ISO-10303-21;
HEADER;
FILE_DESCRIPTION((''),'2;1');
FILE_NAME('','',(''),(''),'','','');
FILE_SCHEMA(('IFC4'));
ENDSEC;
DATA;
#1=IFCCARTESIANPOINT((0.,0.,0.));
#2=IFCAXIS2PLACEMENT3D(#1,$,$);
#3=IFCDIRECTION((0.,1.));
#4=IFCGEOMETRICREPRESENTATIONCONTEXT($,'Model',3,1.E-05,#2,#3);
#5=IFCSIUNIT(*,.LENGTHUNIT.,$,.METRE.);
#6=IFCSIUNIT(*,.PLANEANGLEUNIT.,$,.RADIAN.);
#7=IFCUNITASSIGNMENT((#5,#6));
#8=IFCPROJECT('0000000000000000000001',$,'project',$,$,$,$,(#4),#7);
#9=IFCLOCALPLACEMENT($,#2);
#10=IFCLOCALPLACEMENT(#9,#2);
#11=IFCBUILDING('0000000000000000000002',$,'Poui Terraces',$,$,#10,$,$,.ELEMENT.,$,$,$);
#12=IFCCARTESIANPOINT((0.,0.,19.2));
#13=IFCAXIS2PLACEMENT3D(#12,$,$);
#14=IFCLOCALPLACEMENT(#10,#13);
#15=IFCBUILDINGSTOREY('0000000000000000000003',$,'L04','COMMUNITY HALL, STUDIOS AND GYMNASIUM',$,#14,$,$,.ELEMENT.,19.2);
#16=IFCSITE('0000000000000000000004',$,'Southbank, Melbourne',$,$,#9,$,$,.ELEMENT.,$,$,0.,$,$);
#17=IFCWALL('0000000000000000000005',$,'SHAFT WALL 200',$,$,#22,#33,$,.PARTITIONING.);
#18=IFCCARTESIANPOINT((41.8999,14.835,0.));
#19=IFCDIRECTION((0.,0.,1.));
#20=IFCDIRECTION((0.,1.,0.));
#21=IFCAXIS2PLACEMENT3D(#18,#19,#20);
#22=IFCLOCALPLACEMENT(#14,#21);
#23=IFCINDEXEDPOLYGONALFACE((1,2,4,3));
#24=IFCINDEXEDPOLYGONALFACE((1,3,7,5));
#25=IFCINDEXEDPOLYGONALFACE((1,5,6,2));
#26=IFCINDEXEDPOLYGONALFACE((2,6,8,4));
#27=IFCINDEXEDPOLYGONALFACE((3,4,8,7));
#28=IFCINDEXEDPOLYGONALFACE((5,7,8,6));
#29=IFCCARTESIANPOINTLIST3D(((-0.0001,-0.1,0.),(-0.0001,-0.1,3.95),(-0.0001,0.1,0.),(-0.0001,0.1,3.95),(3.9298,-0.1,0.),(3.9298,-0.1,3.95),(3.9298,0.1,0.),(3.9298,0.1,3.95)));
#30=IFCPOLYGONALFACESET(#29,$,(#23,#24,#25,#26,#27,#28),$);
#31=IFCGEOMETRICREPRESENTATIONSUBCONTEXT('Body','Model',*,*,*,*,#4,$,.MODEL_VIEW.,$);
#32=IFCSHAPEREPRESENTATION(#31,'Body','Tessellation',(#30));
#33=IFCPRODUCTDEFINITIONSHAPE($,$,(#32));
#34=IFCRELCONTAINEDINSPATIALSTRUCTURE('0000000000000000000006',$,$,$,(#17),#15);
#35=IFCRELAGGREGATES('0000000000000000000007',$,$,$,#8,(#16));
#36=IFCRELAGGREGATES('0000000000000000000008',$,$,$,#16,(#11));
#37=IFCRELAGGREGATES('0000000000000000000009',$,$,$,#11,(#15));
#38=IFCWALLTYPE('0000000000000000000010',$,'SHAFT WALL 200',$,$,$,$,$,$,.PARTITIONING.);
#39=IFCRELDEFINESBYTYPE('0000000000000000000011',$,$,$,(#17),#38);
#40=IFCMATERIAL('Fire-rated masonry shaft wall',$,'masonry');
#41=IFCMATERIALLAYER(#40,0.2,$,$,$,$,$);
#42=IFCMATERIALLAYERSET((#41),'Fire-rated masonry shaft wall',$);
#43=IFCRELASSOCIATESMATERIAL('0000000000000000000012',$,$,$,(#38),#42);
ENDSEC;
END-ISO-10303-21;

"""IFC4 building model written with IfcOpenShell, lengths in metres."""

from ifc_helpers import new_model, si_unit, direction, frame, frame_2d, origin, place, context, subcontext, project, spatial, rectangle, extrude, material, layer, layer_set, type_object, element, save


model = new_model("IFC4")

# Units and contexts
model_context = context("Model", 3, precision=1e-05, world=origin(), true_north=direction((0.0, 1.0)))
body_context = subcontext(model_context, "Body", "Model", "MODEL_VIEW")
ifc_project = project(units=[si_unit("LENGTHUNIT", "METRE"), si_unit("PLANEANGLEUNIT", "RADIAN")], contexts=[model_context])

# Site, building, storey
site_placement = place(None, origin())
site = spatial("IfcSite", under=ifc_project, at=site_placement, Name="Southbank, Melbourne", CompositionType="ELEMENT", RefElevation=0.0)
building_placement = place(site_placement, origin())
building = spatial("IfcBuilding", under=site, at=building_placement, Name="Poui Terraces", CompositionType="ELEMENT")
storey_placement = place(building_placement, frame((0.0, 0.0, 19.2)))
storey = spatial("IfcBuildingStorey", under=building, at=storey_placement, Name="L04", Description="COMMUNITY HALL, STUDIOS AND GYMNASIUM", CompositionType="ELEMENT", Elevation=19.2)

# Shared definitions
ifc_material_1 = material(Name="Fire-rated masonry shaft wall", Category="masonry")
ifc_layer_1 = layer(ifc_material_1, 0.2)
ifc_layer_set_1 = layer_set([ifc_layer_1], Name="Fire-rated masonry shaft wall")
wall_type_1 = type_object("IfcWallType", Name="SHAFT WALL 200", PredefinedType="PARTITIONING", material=ifc_layer_set_1)

# Wall
wall_1_placement = place(storey_placement, frame((41.8999, 14.835, 0.0), z_axis=(0.0, 0.0, 1.0), x_axis=(0.0, 1.0, 0.0)))
element("IfcWall", 1, at=wall_1_placement, inside=storey, type_object=wall_type_1, Name="SHAFT WALL 200", PredefinedType="PARTITIONING", context=body_context, shape_type="SweptSolid", body=[
    extrude(rectangle(XDim=3.9299, YDim=0.2, at=frame_2d((1.9648, 0.0))), origin(), (0.0, 0.0, 1.0), 3.95),
])

save(model, "model.ifc")
